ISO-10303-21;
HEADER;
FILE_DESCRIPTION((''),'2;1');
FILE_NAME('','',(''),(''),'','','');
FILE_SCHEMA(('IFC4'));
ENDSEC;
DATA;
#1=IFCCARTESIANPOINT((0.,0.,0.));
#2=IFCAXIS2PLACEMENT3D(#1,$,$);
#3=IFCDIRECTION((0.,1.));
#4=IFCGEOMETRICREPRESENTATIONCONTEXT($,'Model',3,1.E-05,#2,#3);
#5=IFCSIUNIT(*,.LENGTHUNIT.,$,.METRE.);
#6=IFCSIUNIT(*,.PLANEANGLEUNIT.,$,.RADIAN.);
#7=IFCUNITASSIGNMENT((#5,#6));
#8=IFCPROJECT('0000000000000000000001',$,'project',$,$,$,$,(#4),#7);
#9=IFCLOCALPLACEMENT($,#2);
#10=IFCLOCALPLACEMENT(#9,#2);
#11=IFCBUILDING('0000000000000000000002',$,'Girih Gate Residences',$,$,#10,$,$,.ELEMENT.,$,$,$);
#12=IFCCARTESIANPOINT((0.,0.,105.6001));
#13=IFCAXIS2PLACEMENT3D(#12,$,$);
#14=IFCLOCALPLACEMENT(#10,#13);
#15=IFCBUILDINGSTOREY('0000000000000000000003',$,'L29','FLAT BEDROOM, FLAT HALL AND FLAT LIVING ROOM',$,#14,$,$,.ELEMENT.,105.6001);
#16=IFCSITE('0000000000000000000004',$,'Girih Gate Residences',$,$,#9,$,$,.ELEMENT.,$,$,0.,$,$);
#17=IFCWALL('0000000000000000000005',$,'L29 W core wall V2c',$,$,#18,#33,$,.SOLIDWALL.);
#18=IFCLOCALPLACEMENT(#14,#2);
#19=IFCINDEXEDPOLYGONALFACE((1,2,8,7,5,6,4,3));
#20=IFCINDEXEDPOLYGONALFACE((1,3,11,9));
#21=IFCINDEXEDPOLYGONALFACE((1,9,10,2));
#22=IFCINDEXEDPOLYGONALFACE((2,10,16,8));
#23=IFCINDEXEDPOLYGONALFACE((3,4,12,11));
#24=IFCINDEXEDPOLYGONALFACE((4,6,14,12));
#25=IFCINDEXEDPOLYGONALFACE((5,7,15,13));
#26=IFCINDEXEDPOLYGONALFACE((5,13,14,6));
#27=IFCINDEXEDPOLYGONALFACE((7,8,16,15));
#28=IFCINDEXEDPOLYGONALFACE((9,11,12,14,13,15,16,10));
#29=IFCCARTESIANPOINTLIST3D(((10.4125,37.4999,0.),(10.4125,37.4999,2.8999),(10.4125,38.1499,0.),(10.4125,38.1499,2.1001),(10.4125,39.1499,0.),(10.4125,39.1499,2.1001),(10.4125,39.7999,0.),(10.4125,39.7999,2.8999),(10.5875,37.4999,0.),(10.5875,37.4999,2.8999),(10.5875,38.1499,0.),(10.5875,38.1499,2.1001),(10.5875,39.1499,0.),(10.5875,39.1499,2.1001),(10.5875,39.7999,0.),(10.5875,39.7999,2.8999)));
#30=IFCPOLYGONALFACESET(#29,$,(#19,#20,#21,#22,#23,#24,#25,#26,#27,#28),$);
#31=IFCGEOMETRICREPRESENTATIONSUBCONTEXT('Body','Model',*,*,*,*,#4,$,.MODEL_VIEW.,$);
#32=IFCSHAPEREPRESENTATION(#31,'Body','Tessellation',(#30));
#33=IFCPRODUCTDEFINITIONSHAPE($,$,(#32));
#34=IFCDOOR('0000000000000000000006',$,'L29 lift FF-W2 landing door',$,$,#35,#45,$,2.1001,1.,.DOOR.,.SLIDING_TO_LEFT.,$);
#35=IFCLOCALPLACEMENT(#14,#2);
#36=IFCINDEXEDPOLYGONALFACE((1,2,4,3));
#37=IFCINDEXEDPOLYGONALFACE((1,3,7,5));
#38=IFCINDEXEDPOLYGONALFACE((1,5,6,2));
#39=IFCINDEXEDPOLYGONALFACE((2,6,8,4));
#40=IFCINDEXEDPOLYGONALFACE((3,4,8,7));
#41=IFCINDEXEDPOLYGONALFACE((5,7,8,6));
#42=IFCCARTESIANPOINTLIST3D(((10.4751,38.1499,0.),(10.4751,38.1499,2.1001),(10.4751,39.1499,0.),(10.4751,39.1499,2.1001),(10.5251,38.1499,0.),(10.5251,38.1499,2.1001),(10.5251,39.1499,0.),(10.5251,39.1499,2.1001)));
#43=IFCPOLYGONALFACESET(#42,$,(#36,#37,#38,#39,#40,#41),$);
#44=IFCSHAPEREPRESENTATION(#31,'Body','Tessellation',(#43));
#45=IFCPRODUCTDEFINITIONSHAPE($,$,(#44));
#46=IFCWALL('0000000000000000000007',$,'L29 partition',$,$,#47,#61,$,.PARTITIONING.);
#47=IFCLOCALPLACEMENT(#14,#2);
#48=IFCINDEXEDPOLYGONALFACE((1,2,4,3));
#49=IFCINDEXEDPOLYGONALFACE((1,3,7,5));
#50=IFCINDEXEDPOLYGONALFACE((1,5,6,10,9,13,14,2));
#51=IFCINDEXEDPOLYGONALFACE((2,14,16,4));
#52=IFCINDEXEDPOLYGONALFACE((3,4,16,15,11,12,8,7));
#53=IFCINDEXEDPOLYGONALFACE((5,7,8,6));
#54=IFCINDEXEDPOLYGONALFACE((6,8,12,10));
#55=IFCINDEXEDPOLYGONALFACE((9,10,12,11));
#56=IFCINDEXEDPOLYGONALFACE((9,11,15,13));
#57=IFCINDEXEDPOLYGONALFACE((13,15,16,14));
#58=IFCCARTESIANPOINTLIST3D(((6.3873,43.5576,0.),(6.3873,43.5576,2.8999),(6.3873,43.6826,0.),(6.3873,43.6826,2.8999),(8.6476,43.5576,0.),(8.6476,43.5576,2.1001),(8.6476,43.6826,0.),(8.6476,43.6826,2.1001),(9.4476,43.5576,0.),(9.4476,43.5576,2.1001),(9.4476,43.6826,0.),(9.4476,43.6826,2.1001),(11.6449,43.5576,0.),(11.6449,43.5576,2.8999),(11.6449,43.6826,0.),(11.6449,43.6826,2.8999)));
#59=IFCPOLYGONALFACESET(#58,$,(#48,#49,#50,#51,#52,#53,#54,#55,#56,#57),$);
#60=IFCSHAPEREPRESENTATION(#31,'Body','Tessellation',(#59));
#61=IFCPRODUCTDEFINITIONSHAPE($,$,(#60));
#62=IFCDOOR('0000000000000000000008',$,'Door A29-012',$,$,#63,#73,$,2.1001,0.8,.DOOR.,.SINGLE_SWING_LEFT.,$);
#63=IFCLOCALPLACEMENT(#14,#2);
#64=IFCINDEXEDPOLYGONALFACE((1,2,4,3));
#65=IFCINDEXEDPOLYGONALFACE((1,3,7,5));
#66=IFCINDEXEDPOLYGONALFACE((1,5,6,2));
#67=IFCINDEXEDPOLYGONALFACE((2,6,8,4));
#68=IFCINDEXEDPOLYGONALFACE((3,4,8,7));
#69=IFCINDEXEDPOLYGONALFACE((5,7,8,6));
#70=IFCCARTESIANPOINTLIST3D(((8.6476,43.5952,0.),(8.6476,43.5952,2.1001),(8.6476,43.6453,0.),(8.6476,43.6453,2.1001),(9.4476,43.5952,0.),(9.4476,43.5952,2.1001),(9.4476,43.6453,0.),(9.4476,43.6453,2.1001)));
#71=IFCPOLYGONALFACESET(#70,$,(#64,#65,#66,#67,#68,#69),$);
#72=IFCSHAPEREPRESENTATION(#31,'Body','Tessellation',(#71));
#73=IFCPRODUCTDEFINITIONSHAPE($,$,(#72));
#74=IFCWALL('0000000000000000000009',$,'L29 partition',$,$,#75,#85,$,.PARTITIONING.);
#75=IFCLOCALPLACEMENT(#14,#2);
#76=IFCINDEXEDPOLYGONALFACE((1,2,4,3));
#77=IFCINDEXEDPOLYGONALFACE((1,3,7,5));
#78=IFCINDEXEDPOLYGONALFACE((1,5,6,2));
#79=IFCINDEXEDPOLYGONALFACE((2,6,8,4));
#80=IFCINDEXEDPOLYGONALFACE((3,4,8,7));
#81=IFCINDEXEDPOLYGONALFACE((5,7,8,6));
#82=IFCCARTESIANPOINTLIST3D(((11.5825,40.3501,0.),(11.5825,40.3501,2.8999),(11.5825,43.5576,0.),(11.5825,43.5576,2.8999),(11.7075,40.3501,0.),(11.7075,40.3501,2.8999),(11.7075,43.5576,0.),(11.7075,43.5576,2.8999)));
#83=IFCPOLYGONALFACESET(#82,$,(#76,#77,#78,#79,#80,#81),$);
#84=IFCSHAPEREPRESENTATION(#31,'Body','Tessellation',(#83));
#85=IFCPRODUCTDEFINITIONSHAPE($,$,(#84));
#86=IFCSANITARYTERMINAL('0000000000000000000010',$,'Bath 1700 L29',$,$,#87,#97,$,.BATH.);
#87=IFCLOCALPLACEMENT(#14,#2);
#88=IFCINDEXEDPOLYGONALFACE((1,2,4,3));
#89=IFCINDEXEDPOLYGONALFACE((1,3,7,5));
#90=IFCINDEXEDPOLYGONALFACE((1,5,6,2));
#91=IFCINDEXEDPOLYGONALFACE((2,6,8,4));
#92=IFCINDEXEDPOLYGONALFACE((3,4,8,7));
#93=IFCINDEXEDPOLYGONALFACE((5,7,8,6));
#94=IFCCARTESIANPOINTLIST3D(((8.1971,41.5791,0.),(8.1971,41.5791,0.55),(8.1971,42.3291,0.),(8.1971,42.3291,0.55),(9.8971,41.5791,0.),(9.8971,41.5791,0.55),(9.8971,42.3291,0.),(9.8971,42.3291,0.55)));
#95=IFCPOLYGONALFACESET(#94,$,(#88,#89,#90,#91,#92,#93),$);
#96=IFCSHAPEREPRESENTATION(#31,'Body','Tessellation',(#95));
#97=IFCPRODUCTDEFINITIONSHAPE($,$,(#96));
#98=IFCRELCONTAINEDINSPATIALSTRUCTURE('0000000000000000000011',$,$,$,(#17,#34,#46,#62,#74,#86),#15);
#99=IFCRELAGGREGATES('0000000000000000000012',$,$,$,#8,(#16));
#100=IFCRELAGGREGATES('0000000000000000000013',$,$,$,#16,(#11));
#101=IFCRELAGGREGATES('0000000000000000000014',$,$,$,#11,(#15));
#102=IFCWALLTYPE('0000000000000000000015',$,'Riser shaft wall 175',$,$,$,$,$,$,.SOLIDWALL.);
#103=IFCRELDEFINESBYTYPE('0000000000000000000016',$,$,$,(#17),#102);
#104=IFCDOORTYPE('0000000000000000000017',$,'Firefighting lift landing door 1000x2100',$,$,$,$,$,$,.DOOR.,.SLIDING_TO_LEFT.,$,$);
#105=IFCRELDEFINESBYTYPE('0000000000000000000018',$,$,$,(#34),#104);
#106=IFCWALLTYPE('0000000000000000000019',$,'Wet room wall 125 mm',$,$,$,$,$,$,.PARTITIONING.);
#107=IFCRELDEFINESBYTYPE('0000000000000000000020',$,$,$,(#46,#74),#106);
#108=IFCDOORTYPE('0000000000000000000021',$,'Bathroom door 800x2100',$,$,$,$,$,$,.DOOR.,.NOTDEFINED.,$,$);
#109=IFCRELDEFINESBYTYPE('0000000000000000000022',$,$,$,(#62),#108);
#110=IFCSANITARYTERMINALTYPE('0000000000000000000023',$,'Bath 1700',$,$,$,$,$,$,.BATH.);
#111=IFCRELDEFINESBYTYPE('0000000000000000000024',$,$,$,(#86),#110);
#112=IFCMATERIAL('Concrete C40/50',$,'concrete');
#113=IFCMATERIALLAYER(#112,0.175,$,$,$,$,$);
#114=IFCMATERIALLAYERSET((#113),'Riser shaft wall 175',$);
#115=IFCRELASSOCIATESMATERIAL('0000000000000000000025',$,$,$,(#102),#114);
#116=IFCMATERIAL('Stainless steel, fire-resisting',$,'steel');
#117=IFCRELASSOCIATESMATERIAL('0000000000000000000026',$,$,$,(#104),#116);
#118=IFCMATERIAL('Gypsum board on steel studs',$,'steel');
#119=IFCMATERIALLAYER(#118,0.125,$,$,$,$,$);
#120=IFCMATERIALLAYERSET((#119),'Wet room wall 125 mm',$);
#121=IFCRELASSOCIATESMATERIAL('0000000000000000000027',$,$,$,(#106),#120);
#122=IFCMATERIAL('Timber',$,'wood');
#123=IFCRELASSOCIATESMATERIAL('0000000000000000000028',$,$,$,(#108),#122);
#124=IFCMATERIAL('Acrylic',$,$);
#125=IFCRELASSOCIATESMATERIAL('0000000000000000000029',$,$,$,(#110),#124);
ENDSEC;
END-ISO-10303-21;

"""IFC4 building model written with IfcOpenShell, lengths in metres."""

from ifc_helpers import new_model, si_unit, direction, frame, frame_2d, origin, origin_2d, place, context, subcontext, project, spatial, rectangle, extrude, material, layer, layer_set, type_object, element, fill, save


model = new_model("IFC4")

# Units and contexts
model_context = context("Model", 3, precision=1e-05, world=origin(), true_north=direction((0.0, 1.0)))
body_context = subcontext(model_context, "Body", "Model", "MODEL_VIEW")
ifc_project = project(units=[si_unit("LENGTHUNIT", "METRE"), si_unit("PLANEANGLEUNIT", "RADIAN")], contexts=[model_context])

# Site, building, storey
site_placement = place(None, origin())
site = spatial("IfcSite", under=ifc_project, at=site_placement, Name="Girih Gate Residences", CompositionType="ELEMENT", RefElevation=0.0)
building_placement = place(site_placement, origin())
building = spatial("IfcBuilding", under=site, at=building_placement, Name="Girih Gate Residences", CompositionType="ELEMENT")
storey_placement = place(building_placement, frame((0.0, 0.0, 105.6001)))
storey = spatial("IfcBuildingStorey", under=building, at=storey_placement, Name="L29", Description="FLAT BEDROOM, FLAT HALL AND FLAT LIVING ROOM", CompositionType="ELEMENT", Elevation=105.6001)

# Shared definitions
ifc_material_1 = material(Name="Gypsum board on steel studs", Category="steel")

# Shared definitions
ifc_material_2 = material(Name="Timber", Category="wood")

# Walls, openings, doors
ifc_material_3 = material(Name="Concrete C40/50", Category="concrete")
ifc_layer_1 = layer(ifc_material_3, 0.175)
ifc_layer_set_1 = layer_set([ifc_layer_1], Name="Riser shaft wall 175")
wall_type_1 = type_object("IfcWallType", Name="Riser shaft wall 175", PredefinedType="SOLIDWALL", material=ifc_layer_set_1)
wall_1_placement = place(storey_placement, frame((10.5, 37.5, 0.0), z_axis=(0.0, 0.0, 1.0), x_axis=(0.0, 1.0, 0.0)))
wall_1 = element("IfcWall", 1, at=wall_1_placement, inside=storey, type_object=wall_type_1, Name="L29 W core wall V2c", PredefinedType="SOLIDWALL", context=body_context, shape_type="SweptSolid", body=[
    extrude(rectangle(XDim=2.3, YDim=0.175, at=frame_2d((1.1499, 0.0))), origin(), (0.0, 0.0, 1.0), 2.8999),
])
opening_1_placement = place(wall_1_placement, frame((0.6499, 0.0, 0.0)))
opening_1 = element("IfcOpeningElement", 2, at=opening_1_placement, cuts=wall_1, PredefinedType="OPENING", context=body_context, shape_type="SweptSolid", body=[
    extrude(rectangle(XDim=1.0, YDim=2.1001, at=frame_2d((0.5, 1.05))), frame((0.0, 0.0974, 0.0), z_axis=(0.0, -1.0, 0.0), x_axis=(1.0, 0.0, 0.0)), (0.0, 0.0, 1.0), 0.1951),
])
ifc_material_4 = material(Name="Stainless steel, fire-resisting", Category="steel")
door_type_1 = type_object("IfcDoorType", Name="Firefighting lift landing door 1000x2100", OperationType="SLIDING_TO_LEFT", PredefinedType="DOOR", material=ifc_material_4)
door_1_placement = place(opening_1_placement, origin())
door_1 = element("IfcDoor", 3, at=door_1_placement, inside=storey, type_object=door_type_1, Name="L29 lift FF-W2 landing door", OperationType="SLIDING_TO_LEFT", OverallHeight=2.1001, OverallWidth=1.0, PredefinedType="DOOR", context=body_context, shape_type="SweptSolid", body=[
    extrude(rectangle(XDim=1.0, YDim=2.1001, at=frame_2d((0.5, 1.05))), frame((0.0, 0.0249, 0.0), z_axis=(0.0, -1.0, 0.0), x_axis=(1.0, 0.0, 0.0)), (0.0, 0.0, 1.0), 0.05),
])
fill(opening_1, door_1)
ifc_layer_2 = layer(ifc_material_1, 0.125)
ifc_layer_set_2 = layer_set([ifc_layer_2], Name="Wet room wall 125 mm")
wall_type_2 = type_object("IfcWallType", Name="Wet room wall 125 mm", PredefinedType="PARTITIONING", material=ifc_layer_set_2)
wall_2_placement = place(storey_placement, frame((11.645, 43.6201, 0.0), z_axis=(0.0, 0.0, 1.0), x_axis=(-1.0, 0.0, 0.0)))
wall_2 = element("IfcWall", 4, at=wall_2_placement, inside=storey, type_object=wall_type_2, Name="L29 partition", PredefinedType="PARTITIONING", context=body_context, shape_type="SweptSolid", body=[
    extrude(rectangle(XDim=5.2576, YDim=0.125, at=frame_2d((2.6289, 0.0))), origin(), (0.0, 0.0, 1.0), 2.8999),
])
opening_2_placement = place(wall_2_placement, frame((2.1975, 0.0, 0.0)))
opening_2 = element("IfcOpeningElement", 5, at=opening_2_placement, cuts=wall_2, PredefinedType="OPENING", context=body_context, shape_type="SweptSolid", body=[
    extrude(rectangle(XDim=0.8, YDim=2.1001, at=frame_2d((0.3999, 1.05))), frame((0.0, 0.0725, 0.0), z_axis=(0.0, -1.0, 0.0), x_axis=(1.0, 0.0, 0.0)), (0.0, 0.0, 1.0), 0.145),
])
door_type_2 = type_object("IfcDoorType", Name="Bathroom door 800x2100", OperationType="NOTDEFINED", PredefinedType="DOOR", material=ifc_material_2)
door_2_placement = place(opening_2_placement, origin())
door_2 = element("IfcDoor", 6, at=door_2_placement, inside=storey, type_object=door_type_2, Name="Door A29-012", OperationType="SINGLE_SWING_LEFT", OverallHeight=2.1001, OverallWidth=0.8, PredefinedType="DOOR", context=body_context, shape_type="SweptSolid", body=[
    extrude(rectangle(XDim=0.8, YDim=2.1001, at=frame_2d((0.3999, 1.05))), frame((0.0, 0.0249, 0.0), z_axis=(0.0, -1.0, 0.0), x_axis=(1.0, 0.0, 0.0)), (0.0, 0.0, 1.0), 0.05),
])
fill(opening_2, door_2)

# Wall
wall_3_placement = place(storey_placement, frame((11.645, 40.3501, 0.0), z_axis=(0.0, 0.0, 1.0), x_axis=(0.0, 1.0, 0.0)))
element("IfcWall", 7, at=wall_3_placement, inside=storey, type_object=wall_type_2, Name="L29 partition", PredefinedType="PARTITIONING", context=body_context, shape_type="SweptSolid", body=[
    extrude(rectangle(XDim=3.2075, YDim=0.125, at=frame_2d((1.6038, 0.0))), origin(), (0.0, 0.0, 1.0), 2.8999),
])

# Sanitary terminal
ifc_material_5 = material(Name="Acrylic")
sanitary_terminal_type = type_object("IfcSanitaryTerminalType", Name="Bath 1700", PredefinedType="BATH", material=ifc_material_5)
sanitary_terminal_placement = place(storey_placement, frame((9.0471, 41.9541, 0.0), z_axis=(0.0, 0.0, 1.0), x_axis=(1.0, 0.0, 0.0)))
element("IfcSanitaryTerminal", 8, at=sanitary_terminal_placement, inside=storey, type_object=sanitary_terminal_type, Name="Bath 1700 L29", PredefinedType="BATH", context=body_context, shape_type="SweptSolid", body=[
    extrude(rectangle(XDim=1.7, YDim=0.75, at=origin_2d()), origin(), (0.0, 0.0, 1.0), 0.55),
])

save(model, "model.ifc")
